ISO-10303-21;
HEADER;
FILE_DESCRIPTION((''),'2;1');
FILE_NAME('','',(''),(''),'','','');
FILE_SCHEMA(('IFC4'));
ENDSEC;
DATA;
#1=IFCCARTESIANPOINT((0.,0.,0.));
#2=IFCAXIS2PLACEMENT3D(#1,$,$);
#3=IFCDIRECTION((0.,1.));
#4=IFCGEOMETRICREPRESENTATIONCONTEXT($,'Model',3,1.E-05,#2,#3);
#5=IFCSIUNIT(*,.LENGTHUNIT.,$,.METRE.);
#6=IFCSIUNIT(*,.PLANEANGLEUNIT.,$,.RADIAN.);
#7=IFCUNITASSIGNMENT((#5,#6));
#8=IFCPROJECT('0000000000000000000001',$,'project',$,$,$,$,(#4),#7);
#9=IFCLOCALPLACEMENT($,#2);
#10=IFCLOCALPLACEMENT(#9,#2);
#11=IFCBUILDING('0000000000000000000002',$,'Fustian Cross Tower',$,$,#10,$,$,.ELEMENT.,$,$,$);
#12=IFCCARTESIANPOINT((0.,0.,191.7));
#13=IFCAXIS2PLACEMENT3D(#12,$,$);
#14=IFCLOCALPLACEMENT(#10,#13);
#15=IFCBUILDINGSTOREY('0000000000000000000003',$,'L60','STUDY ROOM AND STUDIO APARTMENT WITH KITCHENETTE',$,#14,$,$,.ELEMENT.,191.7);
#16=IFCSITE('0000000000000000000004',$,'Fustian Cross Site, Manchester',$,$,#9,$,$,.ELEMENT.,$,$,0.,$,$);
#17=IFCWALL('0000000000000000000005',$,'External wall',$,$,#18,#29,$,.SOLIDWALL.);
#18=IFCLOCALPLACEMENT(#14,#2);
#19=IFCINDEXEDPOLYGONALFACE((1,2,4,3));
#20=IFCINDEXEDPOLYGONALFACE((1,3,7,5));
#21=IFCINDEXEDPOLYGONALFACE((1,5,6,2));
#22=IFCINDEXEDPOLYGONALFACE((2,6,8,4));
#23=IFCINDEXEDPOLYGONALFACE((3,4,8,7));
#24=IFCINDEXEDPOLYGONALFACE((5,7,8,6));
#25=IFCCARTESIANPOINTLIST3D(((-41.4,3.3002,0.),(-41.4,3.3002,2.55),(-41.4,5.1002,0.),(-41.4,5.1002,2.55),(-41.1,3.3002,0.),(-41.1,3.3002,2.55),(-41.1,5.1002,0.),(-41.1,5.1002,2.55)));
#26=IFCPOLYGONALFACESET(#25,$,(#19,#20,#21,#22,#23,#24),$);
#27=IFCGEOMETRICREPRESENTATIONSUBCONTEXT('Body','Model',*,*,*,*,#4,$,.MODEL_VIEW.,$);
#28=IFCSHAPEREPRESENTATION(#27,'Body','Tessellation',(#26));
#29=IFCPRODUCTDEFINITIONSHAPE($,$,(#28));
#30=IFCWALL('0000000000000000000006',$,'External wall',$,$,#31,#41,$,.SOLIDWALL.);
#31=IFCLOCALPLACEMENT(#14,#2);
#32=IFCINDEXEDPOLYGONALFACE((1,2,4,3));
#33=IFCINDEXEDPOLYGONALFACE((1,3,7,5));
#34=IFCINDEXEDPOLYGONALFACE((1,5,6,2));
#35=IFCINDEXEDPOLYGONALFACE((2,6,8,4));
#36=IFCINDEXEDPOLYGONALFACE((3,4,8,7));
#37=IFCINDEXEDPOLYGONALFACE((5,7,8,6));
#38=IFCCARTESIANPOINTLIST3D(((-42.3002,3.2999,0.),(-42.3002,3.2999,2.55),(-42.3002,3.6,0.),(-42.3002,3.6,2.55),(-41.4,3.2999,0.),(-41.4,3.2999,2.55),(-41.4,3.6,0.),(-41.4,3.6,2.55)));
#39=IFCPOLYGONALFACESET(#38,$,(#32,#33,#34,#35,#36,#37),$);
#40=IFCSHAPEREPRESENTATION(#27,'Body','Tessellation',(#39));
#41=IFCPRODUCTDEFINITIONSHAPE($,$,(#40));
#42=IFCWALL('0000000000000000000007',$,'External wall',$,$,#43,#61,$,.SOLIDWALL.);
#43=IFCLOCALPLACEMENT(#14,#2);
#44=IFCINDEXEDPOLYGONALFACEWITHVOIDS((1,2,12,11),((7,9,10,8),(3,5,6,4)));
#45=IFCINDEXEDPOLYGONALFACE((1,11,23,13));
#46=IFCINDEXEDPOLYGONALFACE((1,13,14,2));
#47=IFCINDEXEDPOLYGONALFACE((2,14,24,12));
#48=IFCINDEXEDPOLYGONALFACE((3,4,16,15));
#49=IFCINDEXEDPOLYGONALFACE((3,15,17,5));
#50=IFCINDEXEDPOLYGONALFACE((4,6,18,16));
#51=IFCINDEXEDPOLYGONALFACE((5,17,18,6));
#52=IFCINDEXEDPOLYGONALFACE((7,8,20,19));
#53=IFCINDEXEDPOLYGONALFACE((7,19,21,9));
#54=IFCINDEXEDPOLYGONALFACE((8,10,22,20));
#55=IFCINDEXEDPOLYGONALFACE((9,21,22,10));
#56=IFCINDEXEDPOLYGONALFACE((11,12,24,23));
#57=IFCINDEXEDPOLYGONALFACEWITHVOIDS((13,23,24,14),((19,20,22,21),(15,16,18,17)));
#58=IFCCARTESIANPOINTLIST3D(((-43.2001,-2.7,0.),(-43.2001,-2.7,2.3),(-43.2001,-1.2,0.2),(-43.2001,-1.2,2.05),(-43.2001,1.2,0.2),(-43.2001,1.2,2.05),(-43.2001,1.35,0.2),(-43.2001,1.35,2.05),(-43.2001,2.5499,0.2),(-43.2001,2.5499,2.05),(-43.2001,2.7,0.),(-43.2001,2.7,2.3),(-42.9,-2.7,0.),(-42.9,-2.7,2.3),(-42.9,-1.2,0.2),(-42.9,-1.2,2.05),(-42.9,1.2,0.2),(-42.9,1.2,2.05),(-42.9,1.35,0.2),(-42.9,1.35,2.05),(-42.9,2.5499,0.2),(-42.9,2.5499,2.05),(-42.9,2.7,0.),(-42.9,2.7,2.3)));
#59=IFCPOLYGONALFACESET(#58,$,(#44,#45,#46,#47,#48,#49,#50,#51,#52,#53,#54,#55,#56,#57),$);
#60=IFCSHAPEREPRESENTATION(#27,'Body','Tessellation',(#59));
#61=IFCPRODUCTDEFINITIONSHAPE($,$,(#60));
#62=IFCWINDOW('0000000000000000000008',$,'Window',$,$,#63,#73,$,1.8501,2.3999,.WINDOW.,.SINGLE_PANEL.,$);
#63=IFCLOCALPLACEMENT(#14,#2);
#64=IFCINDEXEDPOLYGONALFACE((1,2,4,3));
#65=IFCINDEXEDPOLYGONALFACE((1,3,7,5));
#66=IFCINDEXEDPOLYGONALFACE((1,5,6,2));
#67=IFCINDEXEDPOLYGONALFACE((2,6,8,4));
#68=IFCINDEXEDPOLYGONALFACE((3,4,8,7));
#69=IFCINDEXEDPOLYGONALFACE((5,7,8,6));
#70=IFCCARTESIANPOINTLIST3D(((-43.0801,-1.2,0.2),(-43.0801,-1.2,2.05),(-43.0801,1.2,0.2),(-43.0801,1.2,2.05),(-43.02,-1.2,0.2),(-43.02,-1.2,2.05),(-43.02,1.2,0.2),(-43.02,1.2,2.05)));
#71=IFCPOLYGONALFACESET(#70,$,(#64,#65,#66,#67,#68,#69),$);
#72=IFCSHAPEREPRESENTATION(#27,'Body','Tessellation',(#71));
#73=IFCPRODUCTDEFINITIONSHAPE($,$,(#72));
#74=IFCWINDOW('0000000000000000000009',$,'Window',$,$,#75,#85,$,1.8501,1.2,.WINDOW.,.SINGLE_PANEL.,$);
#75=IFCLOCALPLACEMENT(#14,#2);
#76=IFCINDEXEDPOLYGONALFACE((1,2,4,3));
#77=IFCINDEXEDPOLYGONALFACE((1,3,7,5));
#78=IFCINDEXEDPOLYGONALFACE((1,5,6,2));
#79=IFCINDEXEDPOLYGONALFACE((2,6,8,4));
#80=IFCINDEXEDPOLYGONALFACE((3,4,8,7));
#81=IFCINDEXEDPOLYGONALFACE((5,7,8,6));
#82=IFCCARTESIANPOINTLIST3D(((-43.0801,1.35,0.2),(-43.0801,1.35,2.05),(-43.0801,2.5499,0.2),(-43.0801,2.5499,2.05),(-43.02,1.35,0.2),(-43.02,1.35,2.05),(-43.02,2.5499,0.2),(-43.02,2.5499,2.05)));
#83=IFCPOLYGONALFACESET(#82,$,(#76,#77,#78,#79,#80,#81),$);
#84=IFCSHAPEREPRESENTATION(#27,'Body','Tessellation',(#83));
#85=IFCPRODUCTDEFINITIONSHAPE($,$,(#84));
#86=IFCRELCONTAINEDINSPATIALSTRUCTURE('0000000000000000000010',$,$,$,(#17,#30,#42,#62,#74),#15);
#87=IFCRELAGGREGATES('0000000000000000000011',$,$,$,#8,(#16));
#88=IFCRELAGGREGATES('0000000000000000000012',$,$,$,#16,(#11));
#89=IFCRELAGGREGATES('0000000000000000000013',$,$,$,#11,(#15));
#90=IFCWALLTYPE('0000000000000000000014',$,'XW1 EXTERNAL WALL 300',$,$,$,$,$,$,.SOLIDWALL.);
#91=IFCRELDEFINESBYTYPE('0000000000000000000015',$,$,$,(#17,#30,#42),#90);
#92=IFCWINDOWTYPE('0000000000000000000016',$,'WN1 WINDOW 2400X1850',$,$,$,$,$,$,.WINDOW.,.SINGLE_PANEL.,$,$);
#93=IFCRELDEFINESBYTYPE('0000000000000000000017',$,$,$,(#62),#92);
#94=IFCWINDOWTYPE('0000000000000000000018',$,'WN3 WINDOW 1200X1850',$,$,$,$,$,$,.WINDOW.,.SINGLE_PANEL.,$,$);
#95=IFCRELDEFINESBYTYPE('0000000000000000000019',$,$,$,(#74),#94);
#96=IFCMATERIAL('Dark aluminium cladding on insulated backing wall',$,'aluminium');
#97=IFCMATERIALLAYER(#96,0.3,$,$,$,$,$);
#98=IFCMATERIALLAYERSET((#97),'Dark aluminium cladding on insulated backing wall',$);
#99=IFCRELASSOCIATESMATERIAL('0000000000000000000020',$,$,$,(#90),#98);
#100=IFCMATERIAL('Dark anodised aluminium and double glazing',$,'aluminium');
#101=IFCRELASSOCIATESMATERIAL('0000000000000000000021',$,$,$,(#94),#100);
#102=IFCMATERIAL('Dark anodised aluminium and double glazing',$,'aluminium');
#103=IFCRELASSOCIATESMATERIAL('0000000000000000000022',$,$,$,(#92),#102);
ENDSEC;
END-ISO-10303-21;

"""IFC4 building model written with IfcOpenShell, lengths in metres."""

from ifc_helpers import new_model, si_unit, direction, frame, frame_2d, origin, place, context, subcontext, project, spatial, rectangle, extrude, material, layer, layer_set, type_object, element, fill, save


model = new_model("IFC4")

# Units and contexts
model_context = context("Model", 3, precision=1e-05, world=origin(), true_north=direction((0.0, 1.0)))
body_context = subcontext(model_context, "Body", "Model", "MODEL_VIEW")
ifc_project = project(units=[si_unit("LENGTHUNIT", "METRE"), si_unit("PLANEANGLEUNIT", "RADIAN")], contexts=[model_context])

# Site, building, storey
site_placement = place(None, origin())
site = spatial("IfcSite", under=ifc_project, at=site_placement, Name="Fustian Cross Site, Manchester", CompositionType="ELEMENT", RefElevation=0.0)
building_placement = place(site_placement, origin())
building = spatial("IfcBuilding", under=site, at=building_placement, Name="Fustian Cross Tower", CompositionType="ELEMENT")
storey_placement = place(building_placement, frame((0.0, 0.0, 191.7)))
storey = spatial("IfcBuildingStorey", under=building, at=storey_placement, Name="L60", Description="STUDY ROOM AND STUDIO APARTMENT WITH KITCHENETTE", CompositionType="ELEMENT", Elevation=191.7)

# Shared definitions
ifc_material_1 = material(Name="Dark aluminium cladding on insulated backing wall", Category="aluminium")
ifc_layer_1 = layer(ifc_material_1, 0.3)
ifc_layer_set_1 = layer_set([ifc_layer_1], Name="Dark aluminium cladding on insulated backing wall")
wall_type_1 = type_object("IfcWallType", Name="XW1 EXTERNAL WALL 300", PredefinedType="SOLIDWALL", material=ifc_layer_set_1)
ifc_material_2 = material(Name="Dark anodised aluminium and double glazing", Category="aluminium")
window_type_1 = type_object("IfcWindowType", Name="WN3 WINDOW 1200X1850", PartitioningType="SINGLE_PANEL", PredefinedType="WINDOW", material=ifc_material_2)

# Walls
wall_1_placement = place(storey_placement, frame((-41.25, 5.1001, 0.0), z_axis=(0.0, 0.0, 1.0), x_axis=(0.0, -1.0, 0.0)))
element("IfcWall", 1, at=wall_1_placement, inside=storey, type_object=wall_type_1, Name="External wall", PredefinedType="SOLIDWALL", context=body_context, shape_type="SweptSolid", body=[
    extrude(rectangle(XDim=1.8, YDim=0.3, at=frame_2d((0.8999, 0.0))), origin(), (0.0, 0.0, 1.0), 2.55),
])
wall_2_placement = place(storey_placement, frame((-41.3999, 3.45, 0.0), z_axis=(0.0, 0.0, 1.0), x_axis=(-1.0, 0.0, 0.0)))
element("IfcWall", 2, at=wall_2_placement, inside=storey, type_object=wall_type_1, Name="External wall", PredefinedType="SOLIDWALL", context=body_context, shape_type="SweptSolid", body=[
    extrude(rectangle(XDim=0.9001, YDim=0.3, at=frame_2d((0.4502, 0.0))), origin(), (0.0, 0.0, 1.0), 2.55),
])

# Wall, openings, windows
wall_3_placement = place(storey_placement, frame((-43.05, 2.7, 0.0), z_axis=(0.0, 0.0, 1.0), x_axis=(0.0, -1.0, 0.0)))
wall_3 = element("IfcWall", 3, at=wall_3_placement, inside=storey, type_object=wall_type_1, Name="External wall", PredefinedType="SOLIDWALL", context=body_context, shape_type="SweptSolid", body=[
    extrude(rectangle(XDim=5.3999, YDim=0.3, at=frame_2d((2.7, 0.0))), origin(), (0.0, 0.0, 1.0), 2.3),
])
opening_1_placement = place(wall_3_placement, frame((1.5, 0.0, 0.2)))
opening_1 = element("IfcOpeningElement", 4, at=opening_1_placement, cuts=wall_3, PredefinedType="OPENING", context=body_context, shape_type="SweptSolid", body=[
    extrude(rectangle(XDim=2.3999, YDim=1.8501, at=frame_2d((1.2, 0.925))), frame((0.0, 0.1599, 0.0), z_axis=(0.0, -1.0, 0.0), x_axis=(1.0, 0.0, 0.0)), (0.0, 0.0, 1.0), 0.3201),
])
opening_2_placement = place(wall_3_placement, frame((0.1499, 0.0, 0.2)))
opening_2 = element("IfcOpeningElement", 5, at=opening_2_placement, cuts=wall_3, PredefinedType="OPENING", context=body_context, shape_type="SweptSolid", body=[
    extrude(rectangle(XDim=1.2, YDim=1.8501, at=frame_2d((0.6001, 0.925))), frame((0.0, 0.1599, 0.0), z_axis=(0.0, -1.0, 0.0), x_axis=(1.0, 0.0, 0.0)), (0.0, 0.0, 1.0), 0.3201),
])
ifc_material_3 = material(Name="Dark anodised aluminium and double glazing", Category="aluminium")
window_type_2 = type_object("IfcWindowType", Name="WN1 WINDOW 2400X1850", PartitioningType="SINGLE_PANEL", PredefinedType="WINDOW", material=ifc_material_3)
window_1_placement = place(opening_1_placement, origin())
window_1 = element("IfcWindow", 6, at=window_1_placement, inside=storey, type_object=window_type_2, Name="Window", OverallHeight=1.8501, OverallWidth=2.3999, PartitioningType="SINGLE_PANEL", PredefinedType="WINDOW", context=body_context, shape_type="SweptSolid", body=[
    extrude(rectangle(XDim=2.3999, YDim=1.8501, at=frame_2d((1.2, 0.925))), frame((0.0, 0.03, 0.0), z_axis=(0.0, -1.0, 0.0), x_axis=(1.0, 0.0, 0.0)), (0.0, 0.0, 1.0), 0.0601),
])
fill(opening_1, window_1)
window_2_placement = place(opening_2_placement, origin())
window_2 = element("IfcWindow", 7, at=window_2_placement, inside=storey, type_object=window_type_1, Name="Window", OverallHeight=1.8501, OverallWidth=1.2, PartitioningType="SINGLE_PANEL", PredefinedType="WINDOW", context=body_context, shape_type="SweptSolid", body=[
    extrude(rectangle(XDim=1.2, YDim=1.8501, at=frame_2d((0.6001, 0.925))), frame((0.0, 0.03, 0.0), z_axis=(0.0, -1.0, 0.0), x_axis=(1.0, 0.0, 0.0)), (0.0, 0.0, 1.0), 0.0601),
])
fill(opening_2, window_2)

save(model, "model.ifc")
